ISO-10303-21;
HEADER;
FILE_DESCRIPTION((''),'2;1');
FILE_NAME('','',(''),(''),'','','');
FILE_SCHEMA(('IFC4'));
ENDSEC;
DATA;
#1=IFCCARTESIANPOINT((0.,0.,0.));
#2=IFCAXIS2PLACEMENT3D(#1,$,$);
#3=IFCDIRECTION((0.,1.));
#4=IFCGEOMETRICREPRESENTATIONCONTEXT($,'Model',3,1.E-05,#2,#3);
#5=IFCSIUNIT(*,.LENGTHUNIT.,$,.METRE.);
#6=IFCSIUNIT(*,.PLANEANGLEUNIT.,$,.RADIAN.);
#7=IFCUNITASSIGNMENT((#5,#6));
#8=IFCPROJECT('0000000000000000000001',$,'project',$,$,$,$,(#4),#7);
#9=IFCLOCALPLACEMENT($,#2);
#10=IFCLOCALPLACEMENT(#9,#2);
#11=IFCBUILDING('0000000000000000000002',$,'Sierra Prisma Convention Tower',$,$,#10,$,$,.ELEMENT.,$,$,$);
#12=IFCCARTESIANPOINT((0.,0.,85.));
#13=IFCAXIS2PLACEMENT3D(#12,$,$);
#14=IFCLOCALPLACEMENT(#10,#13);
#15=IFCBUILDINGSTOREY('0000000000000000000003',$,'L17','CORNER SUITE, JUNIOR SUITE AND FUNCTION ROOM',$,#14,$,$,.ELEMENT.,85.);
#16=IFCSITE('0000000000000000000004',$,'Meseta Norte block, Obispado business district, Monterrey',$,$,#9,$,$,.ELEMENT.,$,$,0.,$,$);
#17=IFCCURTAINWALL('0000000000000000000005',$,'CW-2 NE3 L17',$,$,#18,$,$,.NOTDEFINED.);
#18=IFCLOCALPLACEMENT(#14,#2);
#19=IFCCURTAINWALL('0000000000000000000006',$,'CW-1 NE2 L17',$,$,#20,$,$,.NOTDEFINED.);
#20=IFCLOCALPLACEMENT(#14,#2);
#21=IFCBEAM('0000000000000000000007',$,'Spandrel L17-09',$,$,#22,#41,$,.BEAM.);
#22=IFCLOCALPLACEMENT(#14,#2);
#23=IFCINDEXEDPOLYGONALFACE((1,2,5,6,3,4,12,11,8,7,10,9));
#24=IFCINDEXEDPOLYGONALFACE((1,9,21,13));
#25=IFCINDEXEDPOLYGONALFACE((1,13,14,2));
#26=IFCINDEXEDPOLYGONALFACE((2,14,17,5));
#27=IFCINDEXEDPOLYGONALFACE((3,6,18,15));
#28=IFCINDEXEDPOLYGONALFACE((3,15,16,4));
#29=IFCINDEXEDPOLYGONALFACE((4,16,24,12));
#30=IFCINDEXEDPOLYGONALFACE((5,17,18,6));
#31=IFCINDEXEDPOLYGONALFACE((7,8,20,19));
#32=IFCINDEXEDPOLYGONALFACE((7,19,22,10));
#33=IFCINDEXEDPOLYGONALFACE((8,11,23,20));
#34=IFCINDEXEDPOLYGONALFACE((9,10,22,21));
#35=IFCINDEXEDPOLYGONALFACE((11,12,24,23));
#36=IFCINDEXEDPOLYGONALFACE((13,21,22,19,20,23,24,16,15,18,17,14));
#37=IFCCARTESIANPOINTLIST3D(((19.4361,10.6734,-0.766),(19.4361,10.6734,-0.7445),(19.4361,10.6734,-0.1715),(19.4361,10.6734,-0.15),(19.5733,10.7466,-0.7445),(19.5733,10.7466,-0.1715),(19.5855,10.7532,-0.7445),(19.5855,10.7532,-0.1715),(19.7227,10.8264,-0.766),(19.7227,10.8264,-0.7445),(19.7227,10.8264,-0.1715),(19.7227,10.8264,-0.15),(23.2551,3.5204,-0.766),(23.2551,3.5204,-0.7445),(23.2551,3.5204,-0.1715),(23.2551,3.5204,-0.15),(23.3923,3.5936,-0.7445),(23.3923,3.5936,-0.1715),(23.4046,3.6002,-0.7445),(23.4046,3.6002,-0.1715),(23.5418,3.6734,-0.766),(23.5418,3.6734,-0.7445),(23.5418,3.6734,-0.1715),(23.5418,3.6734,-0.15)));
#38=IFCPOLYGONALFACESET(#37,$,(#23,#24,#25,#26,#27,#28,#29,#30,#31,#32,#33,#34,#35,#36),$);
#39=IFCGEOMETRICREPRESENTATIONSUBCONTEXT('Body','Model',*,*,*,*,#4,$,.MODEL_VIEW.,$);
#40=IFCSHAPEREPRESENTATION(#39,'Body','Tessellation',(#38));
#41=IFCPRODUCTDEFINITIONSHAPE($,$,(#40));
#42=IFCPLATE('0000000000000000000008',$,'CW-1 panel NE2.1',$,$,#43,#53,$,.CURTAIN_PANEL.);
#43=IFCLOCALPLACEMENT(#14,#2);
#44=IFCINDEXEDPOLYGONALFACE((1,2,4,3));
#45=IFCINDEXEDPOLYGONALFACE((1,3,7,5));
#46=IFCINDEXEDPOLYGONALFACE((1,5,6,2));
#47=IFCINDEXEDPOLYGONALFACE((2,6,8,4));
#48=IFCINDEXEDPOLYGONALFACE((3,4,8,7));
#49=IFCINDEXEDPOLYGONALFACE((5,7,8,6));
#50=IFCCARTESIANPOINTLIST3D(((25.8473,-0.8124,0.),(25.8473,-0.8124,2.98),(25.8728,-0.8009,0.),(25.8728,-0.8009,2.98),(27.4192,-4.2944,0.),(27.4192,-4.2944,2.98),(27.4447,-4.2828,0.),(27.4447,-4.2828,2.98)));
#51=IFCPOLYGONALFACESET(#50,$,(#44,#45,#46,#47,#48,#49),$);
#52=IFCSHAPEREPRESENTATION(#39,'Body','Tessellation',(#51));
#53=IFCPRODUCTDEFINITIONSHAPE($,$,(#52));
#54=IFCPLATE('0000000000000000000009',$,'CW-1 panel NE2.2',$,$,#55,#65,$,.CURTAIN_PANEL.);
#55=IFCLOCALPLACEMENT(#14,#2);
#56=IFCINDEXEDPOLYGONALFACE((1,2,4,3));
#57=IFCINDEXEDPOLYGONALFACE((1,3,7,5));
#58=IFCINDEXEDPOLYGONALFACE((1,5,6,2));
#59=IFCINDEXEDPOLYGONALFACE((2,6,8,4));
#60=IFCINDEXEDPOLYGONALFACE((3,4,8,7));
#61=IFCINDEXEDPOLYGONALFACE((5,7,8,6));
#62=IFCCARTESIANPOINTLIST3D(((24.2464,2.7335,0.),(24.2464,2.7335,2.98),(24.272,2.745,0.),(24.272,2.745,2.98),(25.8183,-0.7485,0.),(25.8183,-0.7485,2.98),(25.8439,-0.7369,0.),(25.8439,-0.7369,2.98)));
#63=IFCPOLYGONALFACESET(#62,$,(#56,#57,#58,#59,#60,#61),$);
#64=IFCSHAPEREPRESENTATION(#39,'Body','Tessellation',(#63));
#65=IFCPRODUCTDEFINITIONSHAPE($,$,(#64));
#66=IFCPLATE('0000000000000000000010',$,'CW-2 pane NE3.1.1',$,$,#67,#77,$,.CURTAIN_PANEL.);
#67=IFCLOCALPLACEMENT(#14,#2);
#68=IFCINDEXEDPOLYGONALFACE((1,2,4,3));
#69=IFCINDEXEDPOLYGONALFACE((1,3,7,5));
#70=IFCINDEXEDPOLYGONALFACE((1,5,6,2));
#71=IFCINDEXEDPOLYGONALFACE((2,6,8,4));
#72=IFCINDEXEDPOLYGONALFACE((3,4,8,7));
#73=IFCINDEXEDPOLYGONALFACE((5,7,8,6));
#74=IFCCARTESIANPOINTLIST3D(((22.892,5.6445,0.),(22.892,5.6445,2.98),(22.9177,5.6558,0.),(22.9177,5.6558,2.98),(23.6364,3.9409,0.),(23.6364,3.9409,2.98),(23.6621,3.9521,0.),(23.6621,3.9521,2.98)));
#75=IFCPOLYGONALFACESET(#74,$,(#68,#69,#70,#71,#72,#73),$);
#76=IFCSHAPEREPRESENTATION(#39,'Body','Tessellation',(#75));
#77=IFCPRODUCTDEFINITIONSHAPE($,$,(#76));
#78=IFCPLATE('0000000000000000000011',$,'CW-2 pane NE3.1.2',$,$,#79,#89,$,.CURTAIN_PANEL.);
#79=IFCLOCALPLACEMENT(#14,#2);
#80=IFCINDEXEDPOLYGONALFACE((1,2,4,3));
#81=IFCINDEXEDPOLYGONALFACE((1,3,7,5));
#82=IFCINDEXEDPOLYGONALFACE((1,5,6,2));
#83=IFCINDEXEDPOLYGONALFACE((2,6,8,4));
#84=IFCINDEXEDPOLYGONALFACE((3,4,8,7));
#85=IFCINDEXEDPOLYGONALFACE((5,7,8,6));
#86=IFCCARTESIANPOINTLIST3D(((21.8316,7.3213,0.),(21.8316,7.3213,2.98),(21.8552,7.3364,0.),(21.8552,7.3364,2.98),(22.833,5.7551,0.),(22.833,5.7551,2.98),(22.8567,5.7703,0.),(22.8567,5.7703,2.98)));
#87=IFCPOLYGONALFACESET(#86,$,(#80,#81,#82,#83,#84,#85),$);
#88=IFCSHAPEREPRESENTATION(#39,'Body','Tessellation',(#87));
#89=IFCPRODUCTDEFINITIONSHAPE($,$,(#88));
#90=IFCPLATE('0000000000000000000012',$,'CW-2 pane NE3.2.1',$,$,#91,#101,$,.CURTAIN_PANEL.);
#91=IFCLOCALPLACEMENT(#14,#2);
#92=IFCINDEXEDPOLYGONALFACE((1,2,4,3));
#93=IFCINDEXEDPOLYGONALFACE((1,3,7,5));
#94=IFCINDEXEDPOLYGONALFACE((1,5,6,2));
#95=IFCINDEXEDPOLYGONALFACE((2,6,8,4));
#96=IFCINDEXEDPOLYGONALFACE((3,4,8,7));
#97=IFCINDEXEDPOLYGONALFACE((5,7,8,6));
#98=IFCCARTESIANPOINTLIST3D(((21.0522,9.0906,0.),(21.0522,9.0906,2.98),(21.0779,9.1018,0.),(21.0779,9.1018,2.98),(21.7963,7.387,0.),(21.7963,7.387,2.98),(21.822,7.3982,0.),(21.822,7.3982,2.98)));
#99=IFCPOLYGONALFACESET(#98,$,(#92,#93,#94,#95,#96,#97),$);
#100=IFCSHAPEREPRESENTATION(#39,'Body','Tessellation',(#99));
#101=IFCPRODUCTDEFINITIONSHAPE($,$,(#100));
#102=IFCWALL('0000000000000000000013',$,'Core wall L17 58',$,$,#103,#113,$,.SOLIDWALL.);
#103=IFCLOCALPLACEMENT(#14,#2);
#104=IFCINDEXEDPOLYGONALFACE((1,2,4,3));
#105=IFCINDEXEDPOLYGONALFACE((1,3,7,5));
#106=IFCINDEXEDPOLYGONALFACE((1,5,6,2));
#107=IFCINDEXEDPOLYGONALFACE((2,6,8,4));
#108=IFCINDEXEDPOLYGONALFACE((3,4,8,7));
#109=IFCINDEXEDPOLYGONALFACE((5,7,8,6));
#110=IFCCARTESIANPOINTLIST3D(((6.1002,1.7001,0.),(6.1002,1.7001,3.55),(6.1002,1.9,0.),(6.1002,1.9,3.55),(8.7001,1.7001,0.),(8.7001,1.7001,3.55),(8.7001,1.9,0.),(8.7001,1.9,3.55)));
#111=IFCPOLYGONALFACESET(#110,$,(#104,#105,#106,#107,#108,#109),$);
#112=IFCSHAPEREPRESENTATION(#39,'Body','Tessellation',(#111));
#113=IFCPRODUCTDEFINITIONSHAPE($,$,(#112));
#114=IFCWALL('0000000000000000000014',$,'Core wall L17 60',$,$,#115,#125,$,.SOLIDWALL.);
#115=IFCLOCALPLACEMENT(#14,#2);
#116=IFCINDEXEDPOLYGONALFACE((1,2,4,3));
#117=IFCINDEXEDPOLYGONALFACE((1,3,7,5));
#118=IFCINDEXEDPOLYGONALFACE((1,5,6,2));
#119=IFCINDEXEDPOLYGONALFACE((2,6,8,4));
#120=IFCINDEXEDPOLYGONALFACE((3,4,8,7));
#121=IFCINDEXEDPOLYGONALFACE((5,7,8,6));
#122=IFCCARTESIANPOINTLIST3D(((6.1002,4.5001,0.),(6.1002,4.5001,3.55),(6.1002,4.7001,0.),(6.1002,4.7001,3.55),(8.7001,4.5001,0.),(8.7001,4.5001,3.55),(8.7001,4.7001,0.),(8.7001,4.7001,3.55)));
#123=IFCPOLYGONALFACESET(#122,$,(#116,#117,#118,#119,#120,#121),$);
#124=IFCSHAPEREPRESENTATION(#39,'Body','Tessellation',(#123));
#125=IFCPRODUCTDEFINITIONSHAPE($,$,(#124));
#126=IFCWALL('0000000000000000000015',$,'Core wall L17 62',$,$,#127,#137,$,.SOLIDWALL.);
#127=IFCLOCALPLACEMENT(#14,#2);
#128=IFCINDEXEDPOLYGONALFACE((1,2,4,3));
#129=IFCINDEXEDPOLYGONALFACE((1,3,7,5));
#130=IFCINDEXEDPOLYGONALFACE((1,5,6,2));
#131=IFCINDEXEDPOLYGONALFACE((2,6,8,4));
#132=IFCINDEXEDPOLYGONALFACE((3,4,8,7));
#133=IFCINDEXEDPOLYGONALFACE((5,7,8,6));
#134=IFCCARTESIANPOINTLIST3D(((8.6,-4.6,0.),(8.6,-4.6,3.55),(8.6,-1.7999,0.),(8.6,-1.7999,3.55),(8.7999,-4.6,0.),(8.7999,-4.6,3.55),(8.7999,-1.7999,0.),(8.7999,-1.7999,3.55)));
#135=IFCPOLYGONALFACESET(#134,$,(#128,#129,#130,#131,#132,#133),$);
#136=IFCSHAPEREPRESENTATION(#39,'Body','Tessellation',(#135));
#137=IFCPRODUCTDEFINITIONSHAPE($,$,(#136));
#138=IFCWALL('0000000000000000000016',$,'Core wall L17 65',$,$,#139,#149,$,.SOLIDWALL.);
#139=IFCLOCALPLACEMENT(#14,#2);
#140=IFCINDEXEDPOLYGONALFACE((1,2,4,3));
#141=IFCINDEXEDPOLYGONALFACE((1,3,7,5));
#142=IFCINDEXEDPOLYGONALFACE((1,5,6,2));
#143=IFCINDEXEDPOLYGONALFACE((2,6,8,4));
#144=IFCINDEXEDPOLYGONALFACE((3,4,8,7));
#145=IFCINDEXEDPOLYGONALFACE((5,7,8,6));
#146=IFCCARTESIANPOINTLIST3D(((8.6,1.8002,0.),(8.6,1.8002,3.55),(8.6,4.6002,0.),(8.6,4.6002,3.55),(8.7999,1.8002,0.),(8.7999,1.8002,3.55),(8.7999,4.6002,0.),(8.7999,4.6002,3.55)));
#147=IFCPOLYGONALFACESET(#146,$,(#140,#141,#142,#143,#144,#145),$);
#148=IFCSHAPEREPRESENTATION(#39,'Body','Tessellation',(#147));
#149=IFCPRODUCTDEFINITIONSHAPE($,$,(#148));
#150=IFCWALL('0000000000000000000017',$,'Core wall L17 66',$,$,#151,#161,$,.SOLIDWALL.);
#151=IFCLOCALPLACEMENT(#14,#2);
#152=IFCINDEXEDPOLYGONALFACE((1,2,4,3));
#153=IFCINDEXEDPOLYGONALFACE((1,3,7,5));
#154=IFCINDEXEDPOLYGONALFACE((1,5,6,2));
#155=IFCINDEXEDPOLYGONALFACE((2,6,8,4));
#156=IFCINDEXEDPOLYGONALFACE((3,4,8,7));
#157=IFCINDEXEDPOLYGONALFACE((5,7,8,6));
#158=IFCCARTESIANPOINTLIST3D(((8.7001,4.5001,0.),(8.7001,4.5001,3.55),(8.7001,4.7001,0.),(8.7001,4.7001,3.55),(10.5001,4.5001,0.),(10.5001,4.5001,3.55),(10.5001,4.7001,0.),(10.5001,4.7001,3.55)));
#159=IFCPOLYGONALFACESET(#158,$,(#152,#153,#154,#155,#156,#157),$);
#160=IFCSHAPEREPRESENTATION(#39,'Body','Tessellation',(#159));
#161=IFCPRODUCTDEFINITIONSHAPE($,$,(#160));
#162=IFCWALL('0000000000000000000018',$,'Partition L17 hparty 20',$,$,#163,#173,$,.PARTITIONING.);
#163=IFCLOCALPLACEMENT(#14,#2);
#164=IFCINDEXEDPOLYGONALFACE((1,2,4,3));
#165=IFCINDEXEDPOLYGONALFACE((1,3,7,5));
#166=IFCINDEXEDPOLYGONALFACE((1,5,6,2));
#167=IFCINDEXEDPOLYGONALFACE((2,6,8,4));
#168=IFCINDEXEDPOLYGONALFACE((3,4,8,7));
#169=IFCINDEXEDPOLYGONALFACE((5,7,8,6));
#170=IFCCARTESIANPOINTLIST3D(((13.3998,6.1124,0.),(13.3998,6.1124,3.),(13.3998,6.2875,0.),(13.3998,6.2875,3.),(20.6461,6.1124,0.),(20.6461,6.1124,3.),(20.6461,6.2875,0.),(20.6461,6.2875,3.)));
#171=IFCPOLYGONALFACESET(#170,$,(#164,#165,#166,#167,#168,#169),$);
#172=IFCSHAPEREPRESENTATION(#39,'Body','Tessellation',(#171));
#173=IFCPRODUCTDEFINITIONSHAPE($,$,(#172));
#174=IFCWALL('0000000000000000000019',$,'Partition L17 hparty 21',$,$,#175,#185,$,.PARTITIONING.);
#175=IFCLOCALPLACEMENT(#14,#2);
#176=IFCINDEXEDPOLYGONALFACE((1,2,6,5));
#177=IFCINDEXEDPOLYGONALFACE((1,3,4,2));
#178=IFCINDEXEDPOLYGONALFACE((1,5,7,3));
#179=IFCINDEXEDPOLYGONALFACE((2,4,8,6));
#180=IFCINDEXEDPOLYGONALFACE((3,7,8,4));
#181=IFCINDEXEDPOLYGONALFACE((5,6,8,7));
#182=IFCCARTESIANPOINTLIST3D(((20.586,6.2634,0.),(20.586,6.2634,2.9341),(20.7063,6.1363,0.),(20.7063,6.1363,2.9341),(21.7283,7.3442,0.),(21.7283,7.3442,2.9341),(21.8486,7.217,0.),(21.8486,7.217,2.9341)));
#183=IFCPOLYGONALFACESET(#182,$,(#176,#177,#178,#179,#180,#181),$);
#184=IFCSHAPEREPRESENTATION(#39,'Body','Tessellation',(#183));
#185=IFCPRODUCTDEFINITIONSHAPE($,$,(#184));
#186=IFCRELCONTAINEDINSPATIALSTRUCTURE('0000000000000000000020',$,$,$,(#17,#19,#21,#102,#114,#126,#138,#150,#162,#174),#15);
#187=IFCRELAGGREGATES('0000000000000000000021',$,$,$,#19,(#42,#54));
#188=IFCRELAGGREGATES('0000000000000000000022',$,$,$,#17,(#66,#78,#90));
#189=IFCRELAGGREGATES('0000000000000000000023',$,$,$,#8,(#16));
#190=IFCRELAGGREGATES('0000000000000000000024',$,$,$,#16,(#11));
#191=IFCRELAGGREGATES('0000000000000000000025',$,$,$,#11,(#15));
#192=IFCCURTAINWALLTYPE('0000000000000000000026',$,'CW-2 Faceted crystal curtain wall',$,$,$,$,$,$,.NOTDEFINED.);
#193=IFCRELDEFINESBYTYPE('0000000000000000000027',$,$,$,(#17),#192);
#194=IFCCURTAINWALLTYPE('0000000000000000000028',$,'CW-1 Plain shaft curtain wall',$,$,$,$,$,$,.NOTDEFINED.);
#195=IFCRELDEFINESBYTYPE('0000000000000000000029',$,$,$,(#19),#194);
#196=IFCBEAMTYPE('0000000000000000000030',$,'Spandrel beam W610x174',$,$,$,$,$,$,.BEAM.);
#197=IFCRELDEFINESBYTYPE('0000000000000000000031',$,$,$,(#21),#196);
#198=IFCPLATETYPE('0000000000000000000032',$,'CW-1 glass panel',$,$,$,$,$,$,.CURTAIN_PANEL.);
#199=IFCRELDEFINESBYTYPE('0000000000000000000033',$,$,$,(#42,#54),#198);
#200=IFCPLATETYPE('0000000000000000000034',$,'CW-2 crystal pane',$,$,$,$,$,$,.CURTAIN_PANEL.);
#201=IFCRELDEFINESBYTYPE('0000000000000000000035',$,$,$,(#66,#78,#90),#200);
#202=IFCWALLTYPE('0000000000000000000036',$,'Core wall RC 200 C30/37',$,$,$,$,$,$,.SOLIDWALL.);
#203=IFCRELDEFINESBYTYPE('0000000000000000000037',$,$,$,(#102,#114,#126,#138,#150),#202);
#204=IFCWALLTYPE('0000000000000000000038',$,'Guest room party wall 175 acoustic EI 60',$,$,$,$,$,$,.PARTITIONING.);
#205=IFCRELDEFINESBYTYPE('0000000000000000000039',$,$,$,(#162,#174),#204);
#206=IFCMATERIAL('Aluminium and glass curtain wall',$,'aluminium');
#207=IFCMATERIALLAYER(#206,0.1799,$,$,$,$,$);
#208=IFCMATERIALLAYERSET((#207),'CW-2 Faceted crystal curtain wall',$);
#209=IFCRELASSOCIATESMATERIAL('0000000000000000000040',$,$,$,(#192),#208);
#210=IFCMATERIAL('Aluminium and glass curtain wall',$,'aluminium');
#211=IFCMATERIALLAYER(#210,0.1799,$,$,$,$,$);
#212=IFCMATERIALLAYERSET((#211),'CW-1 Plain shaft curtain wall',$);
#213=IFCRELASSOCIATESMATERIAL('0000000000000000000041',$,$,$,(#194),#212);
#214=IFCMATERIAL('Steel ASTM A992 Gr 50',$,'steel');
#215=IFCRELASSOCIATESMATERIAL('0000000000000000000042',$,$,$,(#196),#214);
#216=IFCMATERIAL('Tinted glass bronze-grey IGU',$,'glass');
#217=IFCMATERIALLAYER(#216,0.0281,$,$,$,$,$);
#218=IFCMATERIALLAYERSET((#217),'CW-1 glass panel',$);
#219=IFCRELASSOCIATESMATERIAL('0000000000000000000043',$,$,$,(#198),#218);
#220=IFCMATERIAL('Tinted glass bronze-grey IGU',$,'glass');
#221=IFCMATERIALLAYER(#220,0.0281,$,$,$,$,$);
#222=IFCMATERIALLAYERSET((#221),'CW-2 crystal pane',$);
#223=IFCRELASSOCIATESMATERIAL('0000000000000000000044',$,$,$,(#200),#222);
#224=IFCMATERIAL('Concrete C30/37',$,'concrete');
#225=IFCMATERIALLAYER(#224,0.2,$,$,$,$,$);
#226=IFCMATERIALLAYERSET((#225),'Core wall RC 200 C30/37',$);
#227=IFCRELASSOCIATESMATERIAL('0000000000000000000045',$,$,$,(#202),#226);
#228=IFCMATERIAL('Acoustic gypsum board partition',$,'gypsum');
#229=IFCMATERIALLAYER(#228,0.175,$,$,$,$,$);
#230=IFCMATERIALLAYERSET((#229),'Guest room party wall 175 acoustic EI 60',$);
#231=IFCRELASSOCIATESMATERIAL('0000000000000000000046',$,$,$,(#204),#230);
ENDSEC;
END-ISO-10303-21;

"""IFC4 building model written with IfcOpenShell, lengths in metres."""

from ifc_helpers import new_model, si_unit, direction, frame, frame_2d, origin, origin_2d, place, context, subcontext, project, spatial, polyline, rectangle, i_section, outline, extrude, material, layer, layer_set, material_profile, profile_set, type_object, element, aggregate, save


model = new_model("IFC4")

# Units and contexts
model_context = context("Model", 3, precision=1e-05, world=origin(), true_north=direction((0.0, 1.0)))
body_context = subcontext(model_context, "Body", "Model", "MODEL_VIEW")
ifc_project = project(units=[si_unit("LENGTHUNIT", "METRE"), si_unit("PLANEANGLEUNIT", "RADIAN")], contexts=[model_context])

# Site, building, storey
site_placement = place(None, origin())
site = spatial("IfcSite", under=ifc_project, at=site_placement, Name="Meseta Norte block, Obispado business district, Monterrey", CompositionType="ELEMENT", RefElevation=0.0)
building_placement = place(site_placement, origin())
building = spatial("IfcBuilding", under=site, at=building_placement, Name="Sierra Prisma Convention Tower", CompositionType="ELEMENT")
storey_placement = place(building_placement, frame((0.0, 0.0, 85.0)))
storey = spatial("IfcBuildingStorey", under=building, at=storey_placement, Name="L17", Description="CORNER SUITE, JUNIOR SUITE AND FUNCTION ROOM", CompositionType="ELEMENT", Elevation=85.0)

# Curtain walls
ifc_material_1 = material(Name="Aluminium and glass curtain wall", Category="aluminium")
ifc_layer_1 = layer(ifc_material_1, 0.1799)
ifc_layer_set_1 = layer_set([ifc_layer_1], Name="CW-2 Faceted crystal curtain wall")
curtain_wall_type_1 = type_object("IfcCurtainWallType", Name="CW-2 Faceted crystal curtain wall", PredefinedType="NOTDEFINED", material=ifc_layer_set_1)
curtain_wall_1_placement = place(storey_placement, origin())
curtain_wall_1 = element("IfcCurtainWall", 1, at=curtain_wall_1_placement, inside=storey, type_object=curtain_wall_type_1, Name="CW-2 NE3 L17", PredefinedType="NOTDEFINED")
ifc_material_2 = material(Name="Aluminium and glass curtain wall", Category="aluminium")
ifc_layer_2 = layer(ifc_material_2, 0.1799)
ifc_layer_set_2 = layer_set([ifc_layer_2], Name="CW-1 Plain shaft curtain wall")
curtain_wall_type_2 = type_object("IfcCurtainWallType", Name="CW-1 Plain shaft curtain wall", PredefinedType="NOTDEFINED", material=ifc_layer_set_2)
curtain_wall_2_placement = place(storey_placement, origin())
curtain_wall_2 = element("IfcCurtainWall", 2, at=curtain_wall_2_placement, inside=storey, type_object=curtain_wall_type_2, Name="CW-1 NE2 L17", PredefinedType="NOTDEFINED")

# Beam
ifc_material_3 = material(Name="Steel ASTM A992 Gr 50", Category="steel")
ifc_material_profile_1 = material_profile(ifc_material_3, i_section(OverallWidth=0.325, OverallDepth=0.616, WebThickness=0.0139, FlangeThickness=0.0215, at=origin_2d()), Name="W610x174")
ifc_profile_set_1 = profile_set([ifc_material_profile_1], Name="Steel ASTM A992 Gr 50")
beam_type_1 = type_object("IfcBeamType", Name="Spandrel beam W610x174", PredefinedType="BEAM", material=ifc_profile_set_1)
beam_1_placement = place(storey_placement, frame((23.3984, 3.5969, -0.458), z_axis=(-0.470984, 0.882142, 0.0), x_axis=(-0.882142, -0.470984, 0.0)))
element("IfcBeam", 3, at=beam_1_placement, inside=storey, type_object=beam_type_1, Name="Spandrel L17-09", PredefinedType="BEAM", context=body_context, shape_type="SweptSolid", body=[
    extrude(i_section(OverallWidth=0.325, OverallDepth=0.616, WebThickness=0.0139, FlangeThickness=0.0215, at=origin_2d()), origin(), (0.0, 0.0, 1.0), 8.1086),
])

# Plates
ifc_material_4 = material(Name="Tinted glass bronze-grey IGU", Category="glass")
ifc_layer_3 = layer(ifc_material_4, 0.0281)
ifc_layer_set_3 = layer_set([ifc_layer_3], Name="CW-1 glass panel")
plate_type_1 = type_object("IfcPlateType", Name="CW-1 glass panel", PredefinedType="CURTAIN_PANEL", material=ifc_layer_set_3)
plate_1_placement = place(storey_placement, frame((26.646, -2.5476, 0.0), z_axis=(0.0, 0.0, 1.0), x_axis=(-0.411458, 0.911429, 0.0)))
plate_1 = element("IfcPlate", 4, at=plate_1_placement, type_object=plate_type_1, Name="CW-1 panel NE2.1", PredefinedType="CURTAIN_PANEL", context=body_context, shape_type="SweptSolid", body=[
    extrude(rectangle(XDim=3.8203, YDim=0.0281, at=origin_2d()), origin(), (0.0, 0.0, 1.0), 2.98),
])
plate_2_placement = place(storey_placement, frame((25.0452, 0.9983, 0.0), z_axis=(0.0, 0.0, 1.0), x_axis=(-0.411458, 0.911429, 0.0)))
plate_2 = element("IfcPlate", 5, at=plate_2_placement, type_object=plate_type_1, Name="CW-1 panel NE2.2", PredefinedType="CURTAIN_PANEL", context=body_context, shape_type="SweptSolid", body=[
    extrude(rectangle(XDim=3.8203, YDim=0.0281, at=origin_2d()), origin(), (0.0, 0.0, 1.0), 2.98),
])
aggregate(curtain_wall_2, [plate_1, plate_2])
ifc_material_5 = material(Name="Tinted glass bronze-grey IGU", Category="glass")
ifc_layer_4 = layer(ifc_material_5, 0.0281)
ifc_layer_set_4 = layer_set([ifc_layer_4], Name="CW-2 crystal pane")
plate_type_2 = type_object("IfcPlateType", Name="CW-2 crystal pane", PredefinedType="CURTAIN_PANEL", material=ifc_layer_set_4)
plate_3_placement = place(storey_placement, frame((23.6621, 3.9521, 0.0), z_axis=(0.916344, 0.400392, 0.0), x_axis=(-0.400392, 0.916344, 0.0)))
plate_3 = element("IfcPlate", 6, at=plate_3_placement, type_object=plate_type_2, Name="CW-2 pane NE3.1.1", PredefinedType="CURTAIN_PANEL", context=body_context, shape_type="SweptSolid", body=[
    extrude(outline(polyline([(0.0, 0.0), (1.8591, 0.0), (1.8591, 2.98), (0.0, 2.98), (0.0, 0.0)])), origin(), (0.0, 0.0, -1.0), 0.0281),
])
plate_4_placement = place(storey_placement, frame((21.8552, 7.3364, 0.0), z_axis=(0.842486, 0.538718, 0.0), x_axis=(0.538718, -0.842486, 0.0)))
plate_4 = element("IfcPlate", 7, at=plate_4_placement, type_object=plate_type_2, Name="CW-2 pane NE3.1.2", PredefinedType="CURTAIN_PANEL", context=body_context, shape_type="SweptSolid", body=[
    extrude(outline(polyline([(0.0, 0.0), (1.859, 0.0), (1.859, -2.98), (0.0, -2.98), (0.0, 0.0)])), origin(), (0.0, 0.0, -1.0), 0.0281),
])
plate_5_placement = place(storey_placement, frame((21.822, 7.3982, 0.0), z_axis=(0.916392, 0.400281, 0.0), x_axis=(-0.400281, 0.916392, 0.0)))
plate_5 = element("IfcPlate", 8, at=plate_5_placement, type_object=plate_type_2, Name="CW-2 pane NE3.2.1", PredefinedType="CURTAIN_PANEL", context=body_context, shape_type="SweptSolid", body=[
    extrude(outline(polyline([(0.0, 0.0), (1.859, 0.0), (1.859, 2.98), (0.0, 2.98), (0.0, 0.0)])), origin(), (0.0, 0.0, -1.0), 0.0281),
])
aggregate(curtain_wall_1, [plate_3, plate_4, plate_5])

# Walls
ifc_material_6 = material(Name="Concrete C30/37", Category="concrete")
ifc_layer_5 = layer(ifc_material_6, 0.2)
ifc_layer_set_5 = layer_set([ifc_layer_5], Name="Core wall RC 200 C30/37")
wall_type_1 = type_object("IfcWallType", Name="Core wall RC 200 C30/37", PredefinedType="SOLIDWALL", material=ifc_layer_set_5)
for number, where, z_axis, x_axis, name in (
    (9, (8.7, 1.8, 0.0), (0.0, 0.0, 1.0), (-1.0, 0.0, 0.0), "Core wall L17 58"),
    (10, (8.7, 4.6001, 0.0), (0.0, 0.0, 1.0), (-1.0, 0.0, 0.0), "Core wall L17 60"),
):
    element("IfcWall", number, at=place(storey_placement, frame(where, z_axis=z_axis, x_axis=x_axis)), inside=storey, type_object=wall_type_1, Name=name, PredefinedType="SOLIDWALL", context=body_context, shape_type="SweptSolid", body=[
        extrude(rectangle(XDim=2.5999, YDim=0.2, at=frame_2d((1.2998, 0.0))), origin(), (0.0, 0.0, 1.0), 3.55),
    ])
wall_1_placement = place(storey_placement, frame((8.7, -1.8, 0.0), z_axis=(0.0, 0.0, 1.0), x_axis=(0.0, -1.0, 0.0)))
element("IfcWall", 11, at=wall_1_placement, inside=storey, type_object=wall_type_1, Name="Core wall L17 62", PredefinedType="SOLIDWALL", context=body_context, shape_type="SweptSolid", body=[
    extrude(rectangle(XDim=2.8, YDim=0.2, at=frame_2d((1.3999, 0.0))), origin(), (0.0, 0.0, 1.0), 3.55),
])

# Walls
wall_2_placement = place(storey_placement, frame((8.7, 4.6001, 0.0), z_axis=(0.0, 0.0, 1.0), x_axis=(0.0, -1.0, 0.0)))
element("IfcWall", 12, at=wall_2_placement, inside=storey, type_object=wall_type_1, Name="Core wall L17 65", PredefinedType="SOLIDWALL", context=body_context, shape_type="SweptSolid", body=[
    extrude(rectangle(XDim=2.8, YDim=0.2, at=frame_2d((1.3999, 0.0))), origin(), (0.0, 0.0, 1.0), 3.55),
])
wall_3_placement = place(storey_placement, frame((10.5, 4.6001, 0.0), z_axis=(0.0, 0.0, 1.0), x_axis=(-1.0, 0.0, 0.0)))
element("IfcWall", 13, at=wall_3_placement, inside=storey, type_object=wall_type_1, Name="Core wall L17 66", PredefinedType="SOLIDWALL", context=body_context, shape_type="SweptSolid", body=[
    extrude(rectangle(XDim=1.8, YDim=0.2, at=frame_2d((0.8999, 0.0))), origin(), (0.0, 0.0, 1.0), 3.55),
])
ifc_material_7 = material(Name="Acoustic gypsum board partition", Category="gypsum")
ifc_layer_6 = layer(ifc_material_7, 0.175)
ifc_layer_set_6 = layer_set([ifc_layer_6], Name="Guest room party wall 175 acoustic EI 60")
wall_type_2 = type_object("IfcWallType", Name="Guest room party wall 175 acoustic EI 60", PredefinedType="PARTITIONING", material=ifc_layer_set_6)
wall_4_placement = place(storey_placement, frame((13.3999, 6.2, 0.0), z_axis=(0.0, 0.0, 1.0), x_axis=(1.0, 0.0, 0.0)))
element("IfcWall", 14, at=wall_4_placement, inside=storey, type_object=wall_type_2, Name="Partition L17 hparty 20", PredefinedType="PARTITIONING", context=body_context, shape_type="SweptSolid", body=[
    extrude(rectangle(XDim=7.2463, YDim=0.175, at=frame_2d((3.623, 0.0))), origin(), (0.0, 0.0, 1.0), 3.0),
])
wall_5_placement = place(storey_placement, frame((20.6462, 6.2, 0.0), z_axis=(0.0, 0.0, 1.0), x_axis=(0.726397, 0.687275, 0.0)))
element("IfcWall", 15, at=wall_5_placement, inside=storey, type_object=wall_type_2, Name="Partition L17 hparty 21", PredefinedType="PARTITIONING", context=body_context, shape_type="SweptSolid", body=[
    extrude(rectangle(XDim=1.5725, YDim=0.175, at=frame_2d((0.7861, 0.0))), origin(), (0.0, 0.0, 1.0), 2.9341),
])

save(model, "model.ifc")
